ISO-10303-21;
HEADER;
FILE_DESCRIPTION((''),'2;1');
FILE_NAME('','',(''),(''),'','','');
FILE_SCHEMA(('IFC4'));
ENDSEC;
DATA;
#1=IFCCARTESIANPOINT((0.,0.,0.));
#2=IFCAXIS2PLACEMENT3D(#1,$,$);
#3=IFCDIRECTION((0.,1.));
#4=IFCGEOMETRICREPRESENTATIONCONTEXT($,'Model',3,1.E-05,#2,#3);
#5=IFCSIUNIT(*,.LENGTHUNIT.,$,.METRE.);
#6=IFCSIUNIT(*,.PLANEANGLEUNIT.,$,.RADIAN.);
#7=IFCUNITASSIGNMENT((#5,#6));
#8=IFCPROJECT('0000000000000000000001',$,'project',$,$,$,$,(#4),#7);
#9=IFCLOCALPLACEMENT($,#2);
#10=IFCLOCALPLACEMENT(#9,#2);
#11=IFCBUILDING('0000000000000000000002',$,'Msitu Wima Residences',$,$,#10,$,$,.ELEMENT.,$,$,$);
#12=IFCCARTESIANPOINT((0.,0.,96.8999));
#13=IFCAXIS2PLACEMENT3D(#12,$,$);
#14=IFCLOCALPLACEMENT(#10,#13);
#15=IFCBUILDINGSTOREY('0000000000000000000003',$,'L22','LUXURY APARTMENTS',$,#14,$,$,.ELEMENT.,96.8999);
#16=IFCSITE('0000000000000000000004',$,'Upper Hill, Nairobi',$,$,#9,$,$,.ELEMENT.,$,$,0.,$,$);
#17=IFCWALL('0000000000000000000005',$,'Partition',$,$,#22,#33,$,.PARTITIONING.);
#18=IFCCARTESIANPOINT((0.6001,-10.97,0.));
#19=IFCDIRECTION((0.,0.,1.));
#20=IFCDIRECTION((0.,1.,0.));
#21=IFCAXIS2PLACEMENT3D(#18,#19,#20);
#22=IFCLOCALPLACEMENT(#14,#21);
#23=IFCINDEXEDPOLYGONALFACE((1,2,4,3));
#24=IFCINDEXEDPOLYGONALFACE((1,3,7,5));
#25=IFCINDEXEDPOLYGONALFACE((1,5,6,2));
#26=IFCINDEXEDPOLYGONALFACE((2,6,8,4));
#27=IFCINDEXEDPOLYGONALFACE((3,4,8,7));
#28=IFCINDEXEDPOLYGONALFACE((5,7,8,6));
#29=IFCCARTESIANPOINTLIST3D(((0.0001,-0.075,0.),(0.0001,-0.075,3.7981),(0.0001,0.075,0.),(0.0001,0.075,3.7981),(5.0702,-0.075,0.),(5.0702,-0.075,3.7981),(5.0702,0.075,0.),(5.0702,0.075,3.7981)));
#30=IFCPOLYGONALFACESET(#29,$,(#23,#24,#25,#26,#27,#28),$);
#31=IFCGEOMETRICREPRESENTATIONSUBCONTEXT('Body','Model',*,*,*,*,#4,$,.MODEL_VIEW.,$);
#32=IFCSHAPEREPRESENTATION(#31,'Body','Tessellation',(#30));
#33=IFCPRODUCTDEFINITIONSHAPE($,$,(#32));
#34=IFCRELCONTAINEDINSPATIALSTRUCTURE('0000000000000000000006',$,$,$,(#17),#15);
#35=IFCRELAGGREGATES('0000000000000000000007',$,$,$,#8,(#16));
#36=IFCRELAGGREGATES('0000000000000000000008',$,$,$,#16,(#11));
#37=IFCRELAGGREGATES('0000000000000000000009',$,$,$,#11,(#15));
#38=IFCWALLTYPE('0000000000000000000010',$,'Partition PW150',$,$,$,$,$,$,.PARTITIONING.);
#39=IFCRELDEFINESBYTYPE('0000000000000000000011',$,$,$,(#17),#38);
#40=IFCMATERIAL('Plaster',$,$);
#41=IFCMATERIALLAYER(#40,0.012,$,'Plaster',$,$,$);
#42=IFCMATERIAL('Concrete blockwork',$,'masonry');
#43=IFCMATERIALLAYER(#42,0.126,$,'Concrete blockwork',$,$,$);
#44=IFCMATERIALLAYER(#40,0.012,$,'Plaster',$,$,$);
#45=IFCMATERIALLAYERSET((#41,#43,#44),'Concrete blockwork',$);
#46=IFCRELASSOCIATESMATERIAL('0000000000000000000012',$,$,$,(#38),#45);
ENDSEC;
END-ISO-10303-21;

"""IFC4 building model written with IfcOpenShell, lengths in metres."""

from ifc_helpers import new_model, si_unit, direction, frame, frame_2d, origin, place, context, subcontext, project, spatial, rectangle, extrude, material, layer, layer_set, type_object, element, save


model = new_model("IFC4")

# Units and contexts
model_context = context("Model", 3, precision=1e-05, world=origin(), true_north=direction((0.0, 1.0)))
body_context = subcontext(model_context, "Body", "Model", "MODEL_VIEW")
ifc_project = project(units=[si_unit("LENGTHUNIT", "METRE"), si_unit("PLANEANGLEUNIT", "RADIAN")], contexts=[model_context])

# Site, building, storey
site_placement = place(None, origin())
site = spatial("IfcSite", under=ifc_project, at=site_placement, Name="Upper Hill, Nairobi", CompositionType="ELEMENT", RefElevation=0.0)
building_placement = place(site_placement, origin())
building = spatial("IfcBuilding", under=site, at=building_placement, Name="Msitu Wima Residences", CompositionType="ELEMENT")
storey_placement = place(building_placement, frame((0.0, 0.0, 96.8999)))
storey = spatial("IfcBuildingStorey", under=building, at=storey_placement, Name="L22", Description="LUXURY APARTMENTS", CompositionType="ELEMENT", Elevation=96.8999)

# Wall
ifc_material_1 = material(Name="Plaster")
ifc_layer_1 = layer(ifc_material_1, 0.012, Name="Plaster")
ifc_material_2 = material(Name="Concrete blockwork", Category="masonry")
ifc_layer_2 = layer(ifc_material_2, 0.126, Name="Concrete blockwork")
ifc_layer_3 = layer(ifc_material_1, 0.012, Name="Plaster")
ifc_layer_set_1 = layer_set([ifc_layer_1, ifc_layer_2, ifc_layer_3], Name="Concrete blockwork")
wall_type_1 = type_object("IfcWallType", Name="Partition PW150", PredefinedType="PARTITIONING", material=ifc_layer_set_1)
wall_1_placement = place(storey_placement, frame((0.6001, -10.97, 0.0), z_axis=(0.0, 0.0, 1.0), x_axis=(0.0, 1.0, 0.0)))
element("IfcWall", 1, at=wall_1_placement, inside=storey, type_object=wall_type_1, Name="Partition", PredefinedType="PARTITIONING", context=body_context, shape_type="SweptSolid", body=[
    extrude(rectangle(XDim=5.0701, YDim=0.1499, at=frame_2d((2.5352, 0.0))), origin(), (0.0, 0.0, 1.0), 3.7981),
])

save(model, "model.ifc")
